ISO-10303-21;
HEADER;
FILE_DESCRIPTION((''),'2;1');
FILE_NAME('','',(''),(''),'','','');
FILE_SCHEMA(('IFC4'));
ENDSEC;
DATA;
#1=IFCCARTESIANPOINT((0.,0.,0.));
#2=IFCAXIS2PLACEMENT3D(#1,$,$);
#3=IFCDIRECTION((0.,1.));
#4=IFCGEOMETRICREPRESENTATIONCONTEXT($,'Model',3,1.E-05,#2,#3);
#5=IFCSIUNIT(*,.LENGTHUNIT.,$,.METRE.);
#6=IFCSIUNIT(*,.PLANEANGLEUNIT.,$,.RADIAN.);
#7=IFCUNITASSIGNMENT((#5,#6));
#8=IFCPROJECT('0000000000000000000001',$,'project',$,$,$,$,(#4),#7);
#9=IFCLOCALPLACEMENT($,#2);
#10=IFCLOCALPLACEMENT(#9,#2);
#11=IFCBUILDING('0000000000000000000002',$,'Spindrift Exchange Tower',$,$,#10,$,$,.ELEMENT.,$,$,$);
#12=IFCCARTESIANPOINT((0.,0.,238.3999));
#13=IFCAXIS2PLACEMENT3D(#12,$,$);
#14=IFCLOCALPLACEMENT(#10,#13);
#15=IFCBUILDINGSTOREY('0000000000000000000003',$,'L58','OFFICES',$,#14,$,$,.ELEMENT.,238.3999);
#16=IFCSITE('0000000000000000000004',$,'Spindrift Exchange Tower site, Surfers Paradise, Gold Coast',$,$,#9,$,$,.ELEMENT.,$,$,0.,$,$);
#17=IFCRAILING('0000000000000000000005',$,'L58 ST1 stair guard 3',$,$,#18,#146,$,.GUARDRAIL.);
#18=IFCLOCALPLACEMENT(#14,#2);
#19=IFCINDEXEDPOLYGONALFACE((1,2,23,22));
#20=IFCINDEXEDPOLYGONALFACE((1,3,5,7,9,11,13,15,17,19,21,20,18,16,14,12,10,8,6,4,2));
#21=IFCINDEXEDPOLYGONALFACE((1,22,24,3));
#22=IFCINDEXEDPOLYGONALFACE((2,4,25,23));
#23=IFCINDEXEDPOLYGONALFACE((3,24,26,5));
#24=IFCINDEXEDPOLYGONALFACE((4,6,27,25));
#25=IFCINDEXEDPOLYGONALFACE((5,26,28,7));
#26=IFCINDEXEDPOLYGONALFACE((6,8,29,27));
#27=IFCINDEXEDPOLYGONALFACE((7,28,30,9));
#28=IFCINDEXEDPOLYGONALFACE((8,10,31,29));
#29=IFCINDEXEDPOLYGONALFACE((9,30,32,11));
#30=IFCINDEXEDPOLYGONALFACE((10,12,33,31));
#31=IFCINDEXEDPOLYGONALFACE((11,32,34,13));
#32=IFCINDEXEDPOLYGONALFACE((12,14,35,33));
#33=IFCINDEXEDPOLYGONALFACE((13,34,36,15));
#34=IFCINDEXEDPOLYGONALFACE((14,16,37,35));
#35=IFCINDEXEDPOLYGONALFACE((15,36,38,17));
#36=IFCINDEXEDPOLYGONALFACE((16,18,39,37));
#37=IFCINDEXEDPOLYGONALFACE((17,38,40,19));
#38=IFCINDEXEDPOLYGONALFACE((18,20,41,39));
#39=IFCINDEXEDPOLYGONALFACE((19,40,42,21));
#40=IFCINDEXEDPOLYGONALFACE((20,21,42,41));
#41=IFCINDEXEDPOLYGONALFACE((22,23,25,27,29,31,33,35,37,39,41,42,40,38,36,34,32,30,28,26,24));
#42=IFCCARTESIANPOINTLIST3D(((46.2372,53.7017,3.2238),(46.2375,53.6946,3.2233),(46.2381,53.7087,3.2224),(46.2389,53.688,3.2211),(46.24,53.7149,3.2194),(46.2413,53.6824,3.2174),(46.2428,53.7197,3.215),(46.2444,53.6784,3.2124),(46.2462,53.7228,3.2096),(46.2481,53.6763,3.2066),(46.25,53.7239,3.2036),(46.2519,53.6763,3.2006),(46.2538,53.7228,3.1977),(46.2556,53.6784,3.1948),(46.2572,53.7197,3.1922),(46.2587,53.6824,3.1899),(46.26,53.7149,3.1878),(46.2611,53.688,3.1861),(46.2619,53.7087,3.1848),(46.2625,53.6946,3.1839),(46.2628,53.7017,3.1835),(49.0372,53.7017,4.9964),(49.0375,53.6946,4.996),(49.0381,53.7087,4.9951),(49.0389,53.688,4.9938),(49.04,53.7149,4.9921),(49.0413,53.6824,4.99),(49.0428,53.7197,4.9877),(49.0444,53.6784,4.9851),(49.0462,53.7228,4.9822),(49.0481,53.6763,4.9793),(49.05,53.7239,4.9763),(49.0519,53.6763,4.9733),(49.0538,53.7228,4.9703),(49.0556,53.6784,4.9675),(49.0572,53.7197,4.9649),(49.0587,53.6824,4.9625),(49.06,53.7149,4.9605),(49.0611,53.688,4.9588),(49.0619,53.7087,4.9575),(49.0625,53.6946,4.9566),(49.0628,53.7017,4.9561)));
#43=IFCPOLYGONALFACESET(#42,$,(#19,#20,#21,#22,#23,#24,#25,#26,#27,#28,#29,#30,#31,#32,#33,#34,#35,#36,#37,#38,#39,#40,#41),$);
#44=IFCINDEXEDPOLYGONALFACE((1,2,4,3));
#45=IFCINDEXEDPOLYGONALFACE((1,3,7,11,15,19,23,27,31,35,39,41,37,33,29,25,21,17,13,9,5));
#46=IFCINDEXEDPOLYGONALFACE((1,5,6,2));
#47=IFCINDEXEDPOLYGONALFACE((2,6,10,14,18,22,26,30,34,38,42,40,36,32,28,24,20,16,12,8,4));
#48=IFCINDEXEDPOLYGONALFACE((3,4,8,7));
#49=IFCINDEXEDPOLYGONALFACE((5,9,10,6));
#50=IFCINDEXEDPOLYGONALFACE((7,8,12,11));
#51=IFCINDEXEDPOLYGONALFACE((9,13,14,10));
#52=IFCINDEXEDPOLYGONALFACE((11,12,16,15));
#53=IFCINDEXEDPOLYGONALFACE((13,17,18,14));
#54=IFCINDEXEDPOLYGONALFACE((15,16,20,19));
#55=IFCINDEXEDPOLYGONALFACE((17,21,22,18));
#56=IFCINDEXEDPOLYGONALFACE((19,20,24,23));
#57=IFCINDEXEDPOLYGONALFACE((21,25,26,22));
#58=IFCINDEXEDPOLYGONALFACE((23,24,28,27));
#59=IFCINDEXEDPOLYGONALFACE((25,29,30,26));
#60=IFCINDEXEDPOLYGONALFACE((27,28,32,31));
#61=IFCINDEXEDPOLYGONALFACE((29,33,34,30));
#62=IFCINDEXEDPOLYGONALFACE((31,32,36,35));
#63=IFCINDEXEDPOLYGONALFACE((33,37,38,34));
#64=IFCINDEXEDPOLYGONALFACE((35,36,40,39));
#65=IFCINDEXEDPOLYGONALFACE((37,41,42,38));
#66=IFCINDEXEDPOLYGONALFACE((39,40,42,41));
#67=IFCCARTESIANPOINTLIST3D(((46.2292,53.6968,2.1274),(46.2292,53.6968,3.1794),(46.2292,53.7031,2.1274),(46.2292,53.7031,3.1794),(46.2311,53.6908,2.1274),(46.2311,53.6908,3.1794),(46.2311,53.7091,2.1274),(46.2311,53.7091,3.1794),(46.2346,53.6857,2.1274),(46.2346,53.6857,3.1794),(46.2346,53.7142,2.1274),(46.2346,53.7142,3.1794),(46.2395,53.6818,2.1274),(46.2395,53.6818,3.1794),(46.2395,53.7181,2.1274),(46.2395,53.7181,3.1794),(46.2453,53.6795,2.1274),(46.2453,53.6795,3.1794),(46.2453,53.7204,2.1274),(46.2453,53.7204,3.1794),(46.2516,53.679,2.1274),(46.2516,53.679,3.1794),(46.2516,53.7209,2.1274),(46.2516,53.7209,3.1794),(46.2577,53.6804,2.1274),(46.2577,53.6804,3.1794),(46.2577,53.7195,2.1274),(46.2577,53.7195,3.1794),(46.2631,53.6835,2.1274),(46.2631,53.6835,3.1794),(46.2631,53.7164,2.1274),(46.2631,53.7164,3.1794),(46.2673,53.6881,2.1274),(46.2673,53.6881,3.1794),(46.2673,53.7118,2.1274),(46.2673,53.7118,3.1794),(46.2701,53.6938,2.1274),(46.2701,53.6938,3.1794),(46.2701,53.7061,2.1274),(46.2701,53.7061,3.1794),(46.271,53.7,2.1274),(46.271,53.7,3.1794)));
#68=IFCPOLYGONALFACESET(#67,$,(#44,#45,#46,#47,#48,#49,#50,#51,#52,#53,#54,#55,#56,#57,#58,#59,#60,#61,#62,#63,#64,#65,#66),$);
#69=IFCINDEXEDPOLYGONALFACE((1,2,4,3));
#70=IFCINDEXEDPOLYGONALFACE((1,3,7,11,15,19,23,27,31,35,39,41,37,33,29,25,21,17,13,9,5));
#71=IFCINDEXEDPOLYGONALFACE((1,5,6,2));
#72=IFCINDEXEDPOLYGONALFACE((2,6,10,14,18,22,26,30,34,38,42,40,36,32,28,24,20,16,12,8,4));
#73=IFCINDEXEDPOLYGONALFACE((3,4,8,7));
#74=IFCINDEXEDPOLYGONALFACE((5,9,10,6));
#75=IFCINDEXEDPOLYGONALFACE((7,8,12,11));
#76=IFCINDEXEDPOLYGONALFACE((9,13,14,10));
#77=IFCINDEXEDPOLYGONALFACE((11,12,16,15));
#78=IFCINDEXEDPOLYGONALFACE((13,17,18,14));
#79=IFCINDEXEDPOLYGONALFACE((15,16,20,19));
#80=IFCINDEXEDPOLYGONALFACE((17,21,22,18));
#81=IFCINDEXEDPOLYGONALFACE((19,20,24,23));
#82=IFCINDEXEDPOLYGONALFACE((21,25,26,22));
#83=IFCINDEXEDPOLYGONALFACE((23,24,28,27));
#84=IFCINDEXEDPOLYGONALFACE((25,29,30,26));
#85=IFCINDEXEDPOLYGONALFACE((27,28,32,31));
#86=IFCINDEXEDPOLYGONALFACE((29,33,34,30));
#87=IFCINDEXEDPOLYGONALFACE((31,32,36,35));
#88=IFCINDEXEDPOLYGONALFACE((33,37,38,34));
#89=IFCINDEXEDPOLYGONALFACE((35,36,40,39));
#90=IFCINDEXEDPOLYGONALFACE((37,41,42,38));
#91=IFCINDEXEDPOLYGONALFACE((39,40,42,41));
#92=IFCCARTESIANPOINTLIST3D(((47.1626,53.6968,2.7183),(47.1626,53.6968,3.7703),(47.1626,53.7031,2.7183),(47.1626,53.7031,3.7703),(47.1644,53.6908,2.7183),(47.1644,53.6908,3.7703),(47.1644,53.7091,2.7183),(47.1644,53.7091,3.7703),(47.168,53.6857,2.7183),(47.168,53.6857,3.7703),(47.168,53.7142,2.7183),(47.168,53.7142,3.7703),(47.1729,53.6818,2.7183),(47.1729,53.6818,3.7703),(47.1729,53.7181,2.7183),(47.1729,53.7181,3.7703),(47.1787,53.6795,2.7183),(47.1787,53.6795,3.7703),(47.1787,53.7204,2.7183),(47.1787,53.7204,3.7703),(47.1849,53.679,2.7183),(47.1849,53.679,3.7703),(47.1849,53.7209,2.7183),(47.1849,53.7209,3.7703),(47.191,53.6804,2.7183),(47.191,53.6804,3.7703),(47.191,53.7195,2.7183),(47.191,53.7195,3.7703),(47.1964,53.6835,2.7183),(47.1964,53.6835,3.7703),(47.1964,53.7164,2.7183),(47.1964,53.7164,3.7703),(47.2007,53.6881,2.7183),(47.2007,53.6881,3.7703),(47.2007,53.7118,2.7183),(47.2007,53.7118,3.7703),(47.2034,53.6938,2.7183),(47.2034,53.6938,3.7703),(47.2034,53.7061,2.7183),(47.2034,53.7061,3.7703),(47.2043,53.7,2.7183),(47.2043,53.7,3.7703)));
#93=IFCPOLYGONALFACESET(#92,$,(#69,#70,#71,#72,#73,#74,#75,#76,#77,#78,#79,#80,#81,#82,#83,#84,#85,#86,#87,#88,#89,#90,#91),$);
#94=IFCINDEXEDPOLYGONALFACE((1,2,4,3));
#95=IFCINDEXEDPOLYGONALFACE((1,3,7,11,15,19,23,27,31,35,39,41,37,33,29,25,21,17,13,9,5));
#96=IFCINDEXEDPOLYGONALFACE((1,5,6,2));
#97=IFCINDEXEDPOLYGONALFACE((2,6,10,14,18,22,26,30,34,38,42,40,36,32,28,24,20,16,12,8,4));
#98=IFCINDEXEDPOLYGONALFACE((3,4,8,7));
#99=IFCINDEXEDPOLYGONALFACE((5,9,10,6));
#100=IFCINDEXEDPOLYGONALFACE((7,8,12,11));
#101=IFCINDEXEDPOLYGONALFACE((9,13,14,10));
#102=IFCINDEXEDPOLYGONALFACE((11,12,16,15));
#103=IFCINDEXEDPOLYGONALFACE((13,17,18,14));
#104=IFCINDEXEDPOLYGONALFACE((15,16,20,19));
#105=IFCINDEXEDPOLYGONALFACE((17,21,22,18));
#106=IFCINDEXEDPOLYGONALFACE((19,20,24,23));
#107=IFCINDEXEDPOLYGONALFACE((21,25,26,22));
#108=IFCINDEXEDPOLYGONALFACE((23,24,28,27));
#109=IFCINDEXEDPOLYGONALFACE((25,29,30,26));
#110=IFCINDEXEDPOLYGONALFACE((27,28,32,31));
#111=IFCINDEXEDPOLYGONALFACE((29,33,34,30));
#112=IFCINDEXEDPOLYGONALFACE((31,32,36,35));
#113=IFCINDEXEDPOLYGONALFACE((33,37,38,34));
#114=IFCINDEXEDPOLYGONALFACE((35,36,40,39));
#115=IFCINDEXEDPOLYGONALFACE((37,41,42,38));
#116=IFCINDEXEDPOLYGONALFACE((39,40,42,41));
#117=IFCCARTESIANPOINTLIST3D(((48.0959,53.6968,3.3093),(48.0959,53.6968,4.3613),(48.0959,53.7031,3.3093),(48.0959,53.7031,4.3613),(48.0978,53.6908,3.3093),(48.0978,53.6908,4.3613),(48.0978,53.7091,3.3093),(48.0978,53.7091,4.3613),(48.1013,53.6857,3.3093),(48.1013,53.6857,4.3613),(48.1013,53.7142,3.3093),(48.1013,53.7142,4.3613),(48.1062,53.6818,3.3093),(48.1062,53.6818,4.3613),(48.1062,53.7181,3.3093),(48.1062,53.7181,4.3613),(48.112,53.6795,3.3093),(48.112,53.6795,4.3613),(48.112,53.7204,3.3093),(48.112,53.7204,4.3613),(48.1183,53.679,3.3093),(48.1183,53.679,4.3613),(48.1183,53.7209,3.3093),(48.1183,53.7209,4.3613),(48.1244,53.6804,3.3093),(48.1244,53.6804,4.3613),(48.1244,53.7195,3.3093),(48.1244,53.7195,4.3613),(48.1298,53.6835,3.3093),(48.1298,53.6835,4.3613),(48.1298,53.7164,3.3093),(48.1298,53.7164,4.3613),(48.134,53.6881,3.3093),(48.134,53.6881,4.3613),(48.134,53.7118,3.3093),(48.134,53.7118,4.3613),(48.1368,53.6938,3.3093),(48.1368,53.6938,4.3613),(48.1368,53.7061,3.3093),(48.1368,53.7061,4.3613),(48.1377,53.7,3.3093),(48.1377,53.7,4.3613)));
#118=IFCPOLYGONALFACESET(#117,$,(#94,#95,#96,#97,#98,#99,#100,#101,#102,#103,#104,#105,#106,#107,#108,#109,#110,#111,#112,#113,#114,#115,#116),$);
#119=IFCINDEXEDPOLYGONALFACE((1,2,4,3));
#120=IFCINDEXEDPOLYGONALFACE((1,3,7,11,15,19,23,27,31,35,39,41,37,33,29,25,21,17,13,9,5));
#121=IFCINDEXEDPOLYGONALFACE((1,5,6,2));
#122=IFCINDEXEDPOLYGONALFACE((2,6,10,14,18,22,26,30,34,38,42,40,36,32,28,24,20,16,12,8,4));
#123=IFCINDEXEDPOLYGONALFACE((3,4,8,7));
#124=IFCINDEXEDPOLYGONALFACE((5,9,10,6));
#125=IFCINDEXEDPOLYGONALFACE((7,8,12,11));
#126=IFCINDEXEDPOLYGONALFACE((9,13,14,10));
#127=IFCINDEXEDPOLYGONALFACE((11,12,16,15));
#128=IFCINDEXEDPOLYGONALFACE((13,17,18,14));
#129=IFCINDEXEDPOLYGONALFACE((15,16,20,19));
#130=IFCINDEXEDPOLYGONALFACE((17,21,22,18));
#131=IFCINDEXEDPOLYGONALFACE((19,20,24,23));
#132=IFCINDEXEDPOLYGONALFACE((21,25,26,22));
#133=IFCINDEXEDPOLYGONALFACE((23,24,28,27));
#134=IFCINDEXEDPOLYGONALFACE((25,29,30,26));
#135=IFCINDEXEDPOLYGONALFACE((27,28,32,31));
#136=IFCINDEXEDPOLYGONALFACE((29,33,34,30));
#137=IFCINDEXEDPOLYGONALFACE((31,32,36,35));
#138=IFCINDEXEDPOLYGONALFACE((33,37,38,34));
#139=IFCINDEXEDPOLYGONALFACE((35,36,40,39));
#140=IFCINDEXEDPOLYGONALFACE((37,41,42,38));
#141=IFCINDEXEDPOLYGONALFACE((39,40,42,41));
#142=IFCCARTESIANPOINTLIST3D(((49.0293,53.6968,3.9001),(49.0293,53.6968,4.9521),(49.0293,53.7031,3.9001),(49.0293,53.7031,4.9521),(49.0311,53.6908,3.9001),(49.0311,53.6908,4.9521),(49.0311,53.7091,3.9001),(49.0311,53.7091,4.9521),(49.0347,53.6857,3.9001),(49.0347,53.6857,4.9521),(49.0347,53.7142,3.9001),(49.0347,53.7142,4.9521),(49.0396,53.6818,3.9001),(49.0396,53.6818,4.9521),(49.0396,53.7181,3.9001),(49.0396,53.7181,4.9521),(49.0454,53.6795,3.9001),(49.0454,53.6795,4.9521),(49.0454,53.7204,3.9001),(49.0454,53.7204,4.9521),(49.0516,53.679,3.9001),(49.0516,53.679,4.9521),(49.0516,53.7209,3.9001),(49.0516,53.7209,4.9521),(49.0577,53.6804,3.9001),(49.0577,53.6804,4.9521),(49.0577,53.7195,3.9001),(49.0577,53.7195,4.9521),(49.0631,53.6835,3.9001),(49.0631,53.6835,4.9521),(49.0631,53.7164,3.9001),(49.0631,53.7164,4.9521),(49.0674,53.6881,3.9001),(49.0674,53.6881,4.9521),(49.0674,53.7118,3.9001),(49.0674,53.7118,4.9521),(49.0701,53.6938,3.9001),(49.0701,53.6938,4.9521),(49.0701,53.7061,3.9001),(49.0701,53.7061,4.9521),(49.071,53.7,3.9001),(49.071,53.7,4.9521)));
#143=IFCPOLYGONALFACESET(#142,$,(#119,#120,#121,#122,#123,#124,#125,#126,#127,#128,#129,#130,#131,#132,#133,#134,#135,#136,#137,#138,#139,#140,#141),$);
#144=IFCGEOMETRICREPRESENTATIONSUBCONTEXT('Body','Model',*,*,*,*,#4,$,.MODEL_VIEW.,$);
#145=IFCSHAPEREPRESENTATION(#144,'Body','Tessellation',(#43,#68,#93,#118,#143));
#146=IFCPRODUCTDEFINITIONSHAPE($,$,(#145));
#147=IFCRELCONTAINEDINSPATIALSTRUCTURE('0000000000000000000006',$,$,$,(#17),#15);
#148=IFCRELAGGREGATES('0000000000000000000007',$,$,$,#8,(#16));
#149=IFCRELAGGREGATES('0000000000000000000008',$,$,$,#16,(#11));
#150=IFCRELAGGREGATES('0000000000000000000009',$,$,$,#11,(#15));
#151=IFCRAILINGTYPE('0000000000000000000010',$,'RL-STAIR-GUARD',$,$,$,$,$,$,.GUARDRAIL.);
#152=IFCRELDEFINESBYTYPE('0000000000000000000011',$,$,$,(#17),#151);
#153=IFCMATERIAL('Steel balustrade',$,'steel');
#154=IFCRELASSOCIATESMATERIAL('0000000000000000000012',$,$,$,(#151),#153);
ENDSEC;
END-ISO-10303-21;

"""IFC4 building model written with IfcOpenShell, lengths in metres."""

from ifc_helpers import new_model, si_unit, direction, frame, origin, origin_2d, place, context, subcontext, project, spatial, circle, extrude, material, type_object, element, save


model = new_model("IFC4")

# Units and contexts
model_context = context("Model", 3, precision=1e-05, world=origin(), true_north=direction((0.0, 1.0)))
body_context = subcontext(model_context, "Body", "Model", "MODEL_VIEW")
ifc_project = project(units=[si_unit("LENGTHUNIT", "METRE"), si_unit("PLANEANGLEUNIT", "RADIAN")], contexts=[model_context])

# Site, building, storey
site_placement = place(None, origin())
site = spatial("IfcSite", under=ifc_project, at=site_placement, Name="Spindrift Exchange Tower site, Surfers Paradise, Gold Coast", CompositionType="ELEMENT", RefElevation=0.0)
building_placement = place(site_placement, origin())
building = spatial("IfcBuilding", under=site, at=building_placement, Name="Spindrift Exchange Tower", CompositionType="ELEMENT")
storey_placement = place(building_placement, frame((0.0, 0.0, 238.3999)))
storey = spatial("IfcBuildingStorey", under=building, at=storey_placement, Name="L58", Description="OFFICES", CompositionType="ELEMENT", Elevation=238.3999)

# Railing
ifc_material_1 = material(Name="Steel balustrade", Category="steel")
railing_type_1 = type_object("IfcRailingType", Name="RL-STAIR-GUARD", PredefinedType="GUARDRAIL", material=ifc_material_1)
railing_1_placement = place(storey_placement, frame((46.25, 53.7, 2.1274)))
element("IfcRailing", 1, at=railing_1_placement, inside=storey, type_object=railing_type_1, Name="L58 ST1 stair guard 3", PredefinedType="GUARDRAIL", context=body_context, shape_type="SweptSolid", body=[
    extrude(circle(Radius=0.0239, at=origin_2d()), frame((0.0, 0.0, 1.0762), z_axis=(0.844909, 0.0, 0.53491), x_axis=(0.0, 1.0, 0.0)), (0.0, 0.0, 1.0), 3.314),
    extrude(circle(Radius=0.021, at=origin_2d()), origin(), (0.0, 0.0, 1.0), 1.052),
    extrude(circle(Radius=0.021, at=origin_2d()), frame((0.9333, 0.0, 0.5908)), (0.0, 0.0, 1.0), 1.052),
    extrude(circle(Radius=0.021, at=origin_2d()), frame((1.8667, 0.0, 1.1819)), (0.0, 0.0, 1.0), 1.052),
    extrude(circle(Radius=0.021, at=origin_2d()), frame((2.8, 0.0, 1.7727)), (0.0, 0.0, 1.0), 1.052),
])

save(model, "model.ifc")
